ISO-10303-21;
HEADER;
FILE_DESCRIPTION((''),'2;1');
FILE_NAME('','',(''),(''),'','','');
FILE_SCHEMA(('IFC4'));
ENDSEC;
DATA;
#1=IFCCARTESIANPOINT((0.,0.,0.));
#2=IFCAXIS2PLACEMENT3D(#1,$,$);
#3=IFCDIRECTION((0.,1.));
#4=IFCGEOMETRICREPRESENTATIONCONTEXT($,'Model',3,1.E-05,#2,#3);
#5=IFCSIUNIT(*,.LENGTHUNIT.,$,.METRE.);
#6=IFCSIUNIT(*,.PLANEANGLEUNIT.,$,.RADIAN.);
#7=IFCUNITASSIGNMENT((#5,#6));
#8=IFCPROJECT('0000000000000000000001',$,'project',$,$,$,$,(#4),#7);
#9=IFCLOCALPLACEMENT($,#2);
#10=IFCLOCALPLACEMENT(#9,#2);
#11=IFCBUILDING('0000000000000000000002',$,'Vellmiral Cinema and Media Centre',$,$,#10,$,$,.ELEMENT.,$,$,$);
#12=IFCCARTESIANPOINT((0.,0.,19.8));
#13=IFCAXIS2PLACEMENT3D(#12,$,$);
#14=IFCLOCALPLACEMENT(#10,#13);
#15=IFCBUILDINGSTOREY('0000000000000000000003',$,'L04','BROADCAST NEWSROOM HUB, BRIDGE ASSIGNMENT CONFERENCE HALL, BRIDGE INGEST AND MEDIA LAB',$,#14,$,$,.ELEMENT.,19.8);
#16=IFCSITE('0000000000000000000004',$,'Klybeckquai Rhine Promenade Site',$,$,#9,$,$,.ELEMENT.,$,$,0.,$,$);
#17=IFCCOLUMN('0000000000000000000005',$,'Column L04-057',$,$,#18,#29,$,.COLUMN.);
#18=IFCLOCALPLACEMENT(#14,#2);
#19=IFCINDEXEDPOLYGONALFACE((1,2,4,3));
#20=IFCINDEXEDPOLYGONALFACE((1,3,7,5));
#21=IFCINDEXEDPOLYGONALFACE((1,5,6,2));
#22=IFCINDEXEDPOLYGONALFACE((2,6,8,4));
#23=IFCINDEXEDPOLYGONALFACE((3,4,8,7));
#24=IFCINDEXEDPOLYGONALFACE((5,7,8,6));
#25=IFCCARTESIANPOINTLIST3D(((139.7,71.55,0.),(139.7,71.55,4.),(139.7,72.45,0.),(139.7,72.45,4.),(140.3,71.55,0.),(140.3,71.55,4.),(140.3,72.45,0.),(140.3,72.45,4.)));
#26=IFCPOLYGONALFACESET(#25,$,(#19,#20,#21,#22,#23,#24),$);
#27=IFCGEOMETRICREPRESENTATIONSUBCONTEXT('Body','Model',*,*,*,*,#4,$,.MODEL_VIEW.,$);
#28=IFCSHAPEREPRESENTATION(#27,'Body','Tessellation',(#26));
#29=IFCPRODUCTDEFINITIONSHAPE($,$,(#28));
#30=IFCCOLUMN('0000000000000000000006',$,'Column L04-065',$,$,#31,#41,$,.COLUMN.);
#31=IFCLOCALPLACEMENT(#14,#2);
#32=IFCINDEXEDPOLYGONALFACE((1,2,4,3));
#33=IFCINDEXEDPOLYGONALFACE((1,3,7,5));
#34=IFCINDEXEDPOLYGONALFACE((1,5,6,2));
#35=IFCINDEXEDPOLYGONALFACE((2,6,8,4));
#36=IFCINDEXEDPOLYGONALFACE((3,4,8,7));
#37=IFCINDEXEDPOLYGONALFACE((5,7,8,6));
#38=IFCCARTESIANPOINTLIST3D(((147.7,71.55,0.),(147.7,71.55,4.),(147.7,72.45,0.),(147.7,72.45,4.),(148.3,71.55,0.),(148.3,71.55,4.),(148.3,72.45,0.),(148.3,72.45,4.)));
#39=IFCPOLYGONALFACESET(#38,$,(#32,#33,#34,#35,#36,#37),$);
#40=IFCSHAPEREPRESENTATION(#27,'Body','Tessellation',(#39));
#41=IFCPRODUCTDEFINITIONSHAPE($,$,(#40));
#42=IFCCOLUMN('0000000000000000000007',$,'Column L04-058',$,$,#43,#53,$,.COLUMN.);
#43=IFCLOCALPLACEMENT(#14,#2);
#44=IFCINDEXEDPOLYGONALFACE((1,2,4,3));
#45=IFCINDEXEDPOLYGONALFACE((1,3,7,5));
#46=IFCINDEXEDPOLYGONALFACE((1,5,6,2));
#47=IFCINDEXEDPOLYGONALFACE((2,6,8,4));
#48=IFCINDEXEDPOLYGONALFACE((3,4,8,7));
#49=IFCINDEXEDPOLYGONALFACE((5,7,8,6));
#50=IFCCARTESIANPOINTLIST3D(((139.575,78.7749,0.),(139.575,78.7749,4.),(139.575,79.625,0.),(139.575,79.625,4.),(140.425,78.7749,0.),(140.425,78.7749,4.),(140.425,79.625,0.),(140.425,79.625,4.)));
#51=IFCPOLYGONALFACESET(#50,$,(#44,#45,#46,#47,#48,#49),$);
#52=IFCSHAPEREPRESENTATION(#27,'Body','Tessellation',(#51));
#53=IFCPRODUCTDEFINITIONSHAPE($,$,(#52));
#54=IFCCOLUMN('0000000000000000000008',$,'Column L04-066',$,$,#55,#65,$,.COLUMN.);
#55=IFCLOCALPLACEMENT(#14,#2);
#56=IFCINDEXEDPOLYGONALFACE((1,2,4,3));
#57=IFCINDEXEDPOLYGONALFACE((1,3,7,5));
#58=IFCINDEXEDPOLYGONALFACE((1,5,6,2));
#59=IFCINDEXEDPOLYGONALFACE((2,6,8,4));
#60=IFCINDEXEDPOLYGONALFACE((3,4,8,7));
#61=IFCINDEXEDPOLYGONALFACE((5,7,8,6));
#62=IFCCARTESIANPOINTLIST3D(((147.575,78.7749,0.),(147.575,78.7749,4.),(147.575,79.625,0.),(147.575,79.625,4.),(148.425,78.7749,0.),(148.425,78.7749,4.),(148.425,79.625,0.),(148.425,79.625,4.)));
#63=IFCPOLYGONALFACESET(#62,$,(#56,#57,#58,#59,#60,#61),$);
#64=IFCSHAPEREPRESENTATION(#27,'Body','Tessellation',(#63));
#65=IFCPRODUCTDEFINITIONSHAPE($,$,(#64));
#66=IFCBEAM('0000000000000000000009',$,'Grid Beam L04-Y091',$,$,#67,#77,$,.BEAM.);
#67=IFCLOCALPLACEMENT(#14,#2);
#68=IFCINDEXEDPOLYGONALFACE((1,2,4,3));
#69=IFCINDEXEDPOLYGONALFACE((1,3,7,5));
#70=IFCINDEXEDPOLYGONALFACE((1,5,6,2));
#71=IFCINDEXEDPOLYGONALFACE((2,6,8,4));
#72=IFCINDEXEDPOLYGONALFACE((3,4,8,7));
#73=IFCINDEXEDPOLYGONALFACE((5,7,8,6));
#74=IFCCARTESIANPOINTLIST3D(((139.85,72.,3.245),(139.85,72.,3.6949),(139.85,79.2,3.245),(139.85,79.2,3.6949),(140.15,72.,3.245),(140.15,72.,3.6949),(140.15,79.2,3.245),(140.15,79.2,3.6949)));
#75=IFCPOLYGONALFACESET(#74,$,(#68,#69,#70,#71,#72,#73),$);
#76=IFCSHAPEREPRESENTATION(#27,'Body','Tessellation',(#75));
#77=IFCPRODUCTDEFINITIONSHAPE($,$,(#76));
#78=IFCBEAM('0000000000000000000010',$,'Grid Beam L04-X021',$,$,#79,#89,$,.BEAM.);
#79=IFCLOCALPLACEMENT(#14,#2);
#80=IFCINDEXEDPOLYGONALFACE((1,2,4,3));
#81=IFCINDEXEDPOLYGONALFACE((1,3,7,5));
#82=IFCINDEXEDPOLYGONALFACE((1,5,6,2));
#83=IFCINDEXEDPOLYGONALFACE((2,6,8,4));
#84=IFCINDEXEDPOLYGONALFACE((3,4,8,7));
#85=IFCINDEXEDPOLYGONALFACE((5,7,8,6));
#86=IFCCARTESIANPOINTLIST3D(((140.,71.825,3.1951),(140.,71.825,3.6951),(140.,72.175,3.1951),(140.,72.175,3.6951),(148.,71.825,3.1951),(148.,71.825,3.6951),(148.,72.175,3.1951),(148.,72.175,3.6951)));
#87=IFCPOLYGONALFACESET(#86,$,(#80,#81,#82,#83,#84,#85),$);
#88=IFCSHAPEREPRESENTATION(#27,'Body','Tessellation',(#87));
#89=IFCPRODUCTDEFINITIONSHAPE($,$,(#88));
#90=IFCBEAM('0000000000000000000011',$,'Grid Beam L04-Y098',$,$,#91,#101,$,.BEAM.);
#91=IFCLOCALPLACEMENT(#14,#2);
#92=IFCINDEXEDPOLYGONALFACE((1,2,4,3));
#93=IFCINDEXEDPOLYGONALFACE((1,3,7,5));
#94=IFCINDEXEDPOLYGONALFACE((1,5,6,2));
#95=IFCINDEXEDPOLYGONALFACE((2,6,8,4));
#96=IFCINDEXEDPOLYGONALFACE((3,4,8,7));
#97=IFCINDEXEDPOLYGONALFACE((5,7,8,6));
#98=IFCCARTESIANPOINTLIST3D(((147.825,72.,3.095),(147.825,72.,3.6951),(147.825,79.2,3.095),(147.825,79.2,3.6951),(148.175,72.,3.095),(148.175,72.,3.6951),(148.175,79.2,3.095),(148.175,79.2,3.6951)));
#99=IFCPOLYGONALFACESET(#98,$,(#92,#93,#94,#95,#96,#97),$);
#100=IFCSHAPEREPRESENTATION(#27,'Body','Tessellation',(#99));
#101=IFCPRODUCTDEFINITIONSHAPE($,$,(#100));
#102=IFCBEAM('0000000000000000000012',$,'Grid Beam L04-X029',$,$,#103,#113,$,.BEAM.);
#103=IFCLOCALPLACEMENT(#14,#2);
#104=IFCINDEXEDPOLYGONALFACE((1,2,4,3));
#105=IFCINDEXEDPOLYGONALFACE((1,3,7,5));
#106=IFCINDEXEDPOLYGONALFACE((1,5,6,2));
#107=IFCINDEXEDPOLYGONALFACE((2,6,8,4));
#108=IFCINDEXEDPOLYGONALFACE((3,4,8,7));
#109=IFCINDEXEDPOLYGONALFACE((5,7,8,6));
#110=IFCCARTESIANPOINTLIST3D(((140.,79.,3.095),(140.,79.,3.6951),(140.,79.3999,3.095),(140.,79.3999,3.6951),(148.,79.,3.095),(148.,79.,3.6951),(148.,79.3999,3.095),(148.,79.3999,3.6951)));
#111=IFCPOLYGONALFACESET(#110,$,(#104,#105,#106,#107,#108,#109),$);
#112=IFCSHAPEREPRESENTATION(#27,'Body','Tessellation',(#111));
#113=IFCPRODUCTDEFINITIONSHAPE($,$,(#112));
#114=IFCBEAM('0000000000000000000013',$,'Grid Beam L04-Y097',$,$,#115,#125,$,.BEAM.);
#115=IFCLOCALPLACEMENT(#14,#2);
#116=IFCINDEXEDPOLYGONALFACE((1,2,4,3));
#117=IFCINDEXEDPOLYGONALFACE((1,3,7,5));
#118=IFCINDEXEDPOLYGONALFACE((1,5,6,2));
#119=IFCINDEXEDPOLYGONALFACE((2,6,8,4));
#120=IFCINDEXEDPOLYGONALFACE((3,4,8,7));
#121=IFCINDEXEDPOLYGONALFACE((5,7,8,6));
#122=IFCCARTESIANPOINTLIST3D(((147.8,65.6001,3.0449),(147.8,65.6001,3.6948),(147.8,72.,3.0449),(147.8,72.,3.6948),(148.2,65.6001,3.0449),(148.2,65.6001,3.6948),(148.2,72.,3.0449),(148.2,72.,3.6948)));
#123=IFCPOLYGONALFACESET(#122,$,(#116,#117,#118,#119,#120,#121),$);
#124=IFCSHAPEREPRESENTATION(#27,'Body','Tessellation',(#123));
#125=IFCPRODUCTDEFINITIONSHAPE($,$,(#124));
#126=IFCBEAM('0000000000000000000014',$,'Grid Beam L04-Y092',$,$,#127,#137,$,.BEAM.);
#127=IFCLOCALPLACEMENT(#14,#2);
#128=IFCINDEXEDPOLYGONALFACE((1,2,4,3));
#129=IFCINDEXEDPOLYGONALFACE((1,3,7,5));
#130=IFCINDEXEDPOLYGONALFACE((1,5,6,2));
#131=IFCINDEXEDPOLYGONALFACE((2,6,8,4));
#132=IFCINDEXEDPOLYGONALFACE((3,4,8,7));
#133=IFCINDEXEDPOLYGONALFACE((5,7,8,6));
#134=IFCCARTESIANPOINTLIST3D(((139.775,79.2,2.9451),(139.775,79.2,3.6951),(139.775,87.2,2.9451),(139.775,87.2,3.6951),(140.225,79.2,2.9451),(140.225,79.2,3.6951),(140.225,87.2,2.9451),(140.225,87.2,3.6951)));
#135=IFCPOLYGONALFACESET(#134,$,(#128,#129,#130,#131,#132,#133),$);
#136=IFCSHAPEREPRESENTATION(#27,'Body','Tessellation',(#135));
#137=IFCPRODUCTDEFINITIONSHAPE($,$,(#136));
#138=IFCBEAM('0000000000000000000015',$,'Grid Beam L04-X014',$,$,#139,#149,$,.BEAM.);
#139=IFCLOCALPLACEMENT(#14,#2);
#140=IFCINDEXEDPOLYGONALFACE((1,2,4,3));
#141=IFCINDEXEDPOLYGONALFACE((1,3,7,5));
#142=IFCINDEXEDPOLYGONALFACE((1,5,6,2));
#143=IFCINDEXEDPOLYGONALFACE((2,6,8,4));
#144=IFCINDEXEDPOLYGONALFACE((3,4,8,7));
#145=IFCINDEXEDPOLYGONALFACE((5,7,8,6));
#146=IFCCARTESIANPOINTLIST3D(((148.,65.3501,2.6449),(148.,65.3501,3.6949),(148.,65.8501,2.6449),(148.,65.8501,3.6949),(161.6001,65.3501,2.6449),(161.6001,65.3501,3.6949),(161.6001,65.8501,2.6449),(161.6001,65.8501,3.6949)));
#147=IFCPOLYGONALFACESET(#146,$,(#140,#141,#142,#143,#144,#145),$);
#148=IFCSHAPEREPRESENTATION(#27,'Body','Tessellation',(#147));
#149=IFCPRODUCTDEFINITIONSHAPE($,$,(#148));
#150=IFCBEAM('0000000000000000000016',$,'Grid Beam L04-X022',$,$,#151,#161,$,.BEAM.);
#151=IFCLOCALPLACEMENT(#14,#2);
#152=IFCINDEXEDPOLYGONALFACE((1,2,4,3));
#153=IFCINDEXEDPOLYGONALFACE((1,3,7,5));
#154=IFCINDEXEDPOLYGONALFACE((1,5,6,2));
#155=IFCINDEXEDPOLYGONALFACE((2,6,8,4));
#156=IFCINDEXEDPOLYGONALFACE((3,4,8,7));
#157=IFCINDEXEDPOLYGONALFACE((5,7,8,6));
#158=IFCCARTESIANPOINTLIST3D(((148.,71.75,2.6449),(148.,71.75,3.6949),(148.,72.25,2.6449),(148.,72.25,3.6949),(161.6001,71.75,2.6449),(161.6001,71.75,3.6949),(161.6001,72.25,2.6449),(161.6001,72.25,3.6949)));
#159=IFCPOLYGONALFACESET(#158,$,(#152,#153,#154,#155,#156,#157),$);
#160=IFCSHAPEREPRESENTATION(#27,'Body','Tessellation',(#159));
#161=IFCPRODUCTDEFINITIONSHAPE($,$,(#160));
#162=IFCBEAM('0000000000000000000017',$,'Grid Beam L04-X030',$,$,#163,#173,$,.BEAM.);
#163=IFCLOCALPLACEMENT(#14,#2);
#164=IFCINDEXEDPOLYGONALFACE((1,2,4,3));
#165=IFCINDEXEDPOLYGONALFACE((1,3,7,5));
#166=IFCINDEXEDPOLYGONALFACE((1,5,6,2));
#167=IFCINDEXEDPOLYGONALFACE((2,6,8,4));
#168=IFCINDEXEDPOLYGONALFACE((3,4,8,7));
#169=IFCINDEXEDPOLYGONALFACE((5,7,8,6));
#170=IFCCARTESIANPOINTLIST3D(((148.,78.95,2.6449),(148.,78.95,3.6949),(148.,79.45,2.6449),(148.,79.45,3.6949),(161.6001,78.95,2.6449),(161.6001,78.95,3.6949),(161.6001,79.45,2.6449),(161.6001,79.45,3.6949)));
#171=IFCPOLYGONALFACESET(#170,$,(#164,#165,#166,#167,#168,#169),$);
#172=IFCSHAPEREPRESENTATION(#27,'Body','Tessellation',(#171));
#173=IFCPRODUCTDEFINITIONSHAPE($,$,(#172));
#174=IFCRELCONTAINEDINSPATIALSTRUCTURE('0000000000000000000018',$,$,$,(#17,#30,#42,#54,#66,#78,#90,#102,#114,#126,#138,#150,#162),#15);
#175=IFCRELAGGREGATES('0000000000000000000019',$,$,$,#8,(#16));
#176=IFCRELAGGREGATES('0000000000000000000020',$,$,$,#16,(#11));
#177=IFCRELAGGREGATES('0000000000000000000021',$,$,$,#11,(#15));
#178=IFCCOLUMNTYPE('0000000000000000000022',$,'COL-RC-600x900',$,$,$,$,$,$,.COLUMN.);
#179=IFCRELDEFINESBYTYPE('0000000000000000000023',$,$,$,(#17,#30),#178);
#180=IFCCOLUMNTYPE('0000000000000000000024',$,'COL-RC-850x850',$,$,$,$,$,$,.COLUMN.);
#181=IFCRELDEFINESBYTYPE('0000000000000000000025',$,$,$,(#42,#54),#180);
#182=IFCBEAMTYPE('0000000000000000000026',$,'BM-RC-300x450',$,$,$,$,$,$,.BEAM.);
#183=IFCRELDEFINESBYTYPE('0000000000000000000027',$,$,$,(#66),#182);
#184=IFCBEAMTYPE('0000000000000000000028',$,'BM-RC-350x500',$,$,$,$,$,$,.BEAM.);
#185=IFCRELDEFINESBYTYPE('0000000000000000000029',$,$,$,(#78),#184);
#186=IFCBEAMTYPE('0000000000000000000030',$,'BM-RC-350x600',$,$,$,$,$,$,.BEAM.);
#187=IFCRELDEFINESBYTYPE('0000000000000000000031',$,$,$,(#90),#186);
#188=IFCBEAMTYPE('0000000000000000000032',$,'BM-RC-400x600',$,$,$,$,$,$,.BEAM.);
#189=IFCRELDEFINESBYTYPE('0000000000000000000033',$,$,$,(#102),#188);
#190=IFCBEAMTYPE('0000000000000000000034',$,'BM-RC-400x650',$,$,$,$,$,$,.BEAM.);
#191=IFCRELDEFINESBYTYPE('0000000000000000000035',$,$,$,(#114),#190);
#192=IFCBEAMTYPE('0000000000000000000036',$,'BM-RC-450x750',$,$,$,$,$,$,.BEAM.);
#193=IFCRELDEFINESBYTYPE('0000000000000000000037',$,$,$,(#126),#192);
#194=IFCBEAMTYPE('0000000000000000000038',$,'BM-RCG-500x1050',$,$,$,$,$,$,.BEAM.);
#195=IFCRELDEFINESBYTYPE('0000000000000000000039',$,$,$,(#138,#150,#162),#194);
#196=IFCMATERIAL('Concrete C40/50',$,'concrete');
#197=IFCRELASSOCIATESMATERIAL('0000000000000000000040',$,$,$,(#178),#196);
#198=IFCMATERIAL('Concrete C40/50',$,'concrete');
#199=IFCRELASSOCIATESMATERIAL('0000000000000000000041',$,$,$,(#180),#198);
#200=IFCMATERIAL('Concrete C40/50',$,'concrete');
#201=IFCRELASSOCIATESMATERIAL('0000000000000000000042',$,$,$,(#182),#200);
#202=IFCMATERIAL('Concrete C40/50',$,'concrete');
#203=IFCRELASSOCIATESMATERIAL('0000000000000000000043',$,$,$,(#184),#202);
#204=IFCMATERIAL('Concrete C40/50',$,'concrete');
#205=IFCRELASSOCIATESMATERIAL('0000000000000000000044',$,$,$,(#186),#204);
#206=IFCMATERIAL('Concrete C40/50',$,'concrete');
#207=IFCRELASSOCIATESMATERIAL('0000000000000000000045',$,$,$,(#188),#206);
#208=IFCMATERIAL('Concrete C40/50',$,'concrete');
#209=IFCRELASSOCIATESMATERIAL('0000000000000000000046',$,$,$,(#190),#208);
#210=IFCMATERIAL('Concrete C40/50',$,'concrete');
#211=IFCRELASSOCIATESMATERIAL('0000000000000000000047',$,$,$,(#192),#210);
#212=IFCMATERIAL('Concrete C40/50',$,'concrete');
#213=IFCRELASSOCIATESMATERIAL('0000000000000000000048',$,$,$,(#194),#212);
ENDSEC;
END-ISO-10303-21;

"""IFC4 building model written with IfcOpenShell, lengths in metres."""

from ifc_helpers import new_model, si_unit, direction, frame, origin, origin_2d, place, context, subcontext, project, spatial, rectangle, extrude, material, material_profile, profile_set, type_object, element, save


model = new_model("IFC4")

# Units and contexts
model_context = context("Model", 3, precision=1e-05, world=origin(), true_north=direction((0.0, 1.0)))
body_context = subcontext(model_context, "Body", "Model", "MODEL_VIEW")
ifc_project = project(units=[si_unit("LENGTHUNIT", "METRE"), si_unit("PLANEANGLEUNIT", "RADIAN")], contexts=[model_context])

# Site, building, storey
site_placement = place(None, origin())
site = spatial("IfcSite", under=ifc_project, at=site_placement, Name="Klybeckquai Rhine Promenade Site", CompositionType="ELEMENT", RefElevation=0.0)
building_placement = place(site_placement, origin())
building = spatial("IfcBuilding", under=site, at=building_placement, Name="Vellmiral Cinema and Media Centre", CompositionType="ELEMENT")
storey_placement = place(building_placement, frame((0.0, 0.0, 19.8)))
storey = spatial("IfcBuildingStorey", under=building, at=storey_placement, Name="L04", Description="BROADCAST NEWSROOM HUB, BRIDGE ASSIGNMENT CONFERENCE HALL, BRIDGE INGEST AND MEDIA LAB", CompositionType="ELEMENT", Elevation=19.8)

# Columns
ifc_material_1 = material(Name="Concrete C40/50", Category="concrete")
ifc_material_profile_1 = material_profile(ifc_material_1, rectangle(XDim=0.6001, YDim=0.8999, at=origin_2d()), Name="RC 600x900")
ifc_profile_set_1 = profile_set([ifc_material_profile_1], Name="Concrete C40/50")
column_type_1 = type_object("IfcColumnType", Name="COL-RC-600x900", PredefinedType="COLUMN", material=ifc_profile_set_1)
for number, where, z_axis, x_axis, name in (
    (1, (140.0, 72.0, 0.0), (0.0, 0.0, 1.0), (1.0, 0.0, 0.0), "Column L04-057"),
    (2, (148.0, 72.0, 0.0), (0.0, 0.0, 1.0), (1.0, 0.0, 0.0), "Column L04-065"),
):
    element("IfcColumn", number, at=place(storey_placement, frame(where, z_axis=z_axis, x_axis=x_axis)), inside=storey, type_object=column_type_1, Name=name, PredefinedType="COLUMN", context=body_context, shape_type="SweptSolid", body=[
        extrude(rectangle(XDim=0.6001, YDim=0.8999, at=origin_2d()), origin(), (0.0, 0.0, 1.0), 4.0),
    ])
ifc_material_2 = material(Name="Concrete C40/50", Category="concrete")
ifc_material_profile_2 = material_profile(ifc_material_2, rectangle(XDim=0.8501, YDim=0.8501, at=origin_2d()), Name="RC 850x850")
ifc_profile_set_2 = profile_set([ifc_material_profile_2], Name="Concrete C40/50")
column_type_2 = type_object("IfcColumnType", Name="COL-RC-850x850", PredefinedType="COLUMN", material=ifc_profile_set_2)
for number, where, z_axis, x_axis, name in (
    (3, (140.0, 79.2, 0.0), (0.0, 0.0, 1.0), (1.0, 0.0, 0.0), "Column L04-058"),
    (4, (148.0, 79.2, 0.0), (0.0, 0.0, 1.0), (1.0, 0.0, 0.0), "Column L04-066"),
):
    element("IfcColumn", number, at=place(storey_placement, frame(where, z_axis=z_axis, x_axis=x_axis)), inside=storey, type_object=column_type_2, Name=name, PredefinedType="COLUMN", context=body_context, shape_type="SweptSolid", body=[
        extrude(rectangle(XDim=0.8501, YDim=0.8501, at=origin_2d()), origin(), (0.0, 0.0, 1.0), 4.0),
    ])

# Beams
ifc_material_3 = material(Name="Concrete C40/50", Category="concrete")
ifc_material_profile_3 = material_profile(ifc_material_3, rectangle(XDim=0.3, YDim=0.45, at=origin_2d()), Name="RC 300x450")
ifc_profile_set_3 = profile_set([ifc_material_profile_3], Name="Concrete C40/50")
beam_type_1 = type_object("IfcBeamType", Name="BM-RC-300x450", PredefinedType="BEAM", material=ifc_profile_set_3)
beam_1_placement = place(storey_placement, frame((140.0, 72.0, 3.47), z_axis=(0.0, 1.0, 0.0), x_axis=(-1.0, 0.0, 0.0)))
element("IfcBeam", 5, at=beam_1_placement, inside=storey, type_object=beam_type_1, Name="Grid Beam L04-Y091", PredefinedType="BEAM", context=body_context, shape_type="SweptSolid", body=[
    extrude(rectangle(XDim=0.3, YDim=0.45, at=origin_2d()), origin(), (0.0, 0.0, 1.0), 7.2),
])
ifc_material_4 = material(Name="Concrete C40/50", Category="concrete")
ifc_material_profile_4 = material_profile(ifc_material_4, rectangle(XDim=0.3501, YDim=0.5, at=origin_2d()), Name="RC 350x500")
ifc_profile_set_4 = profile_set([ifc_material_profile_4], Name="Concrete C40/50")
beam_type_2 = type_object("IfcBeamType", Name="BM-RC-350x500", PredefinedType="BEAM", material=ifc_profile_set_4)
beam_2_placement = place(storey_placement, frame((140.0, 72.0, 3.4451), z_axis=(1.0, 0.0, 0.0), x_axis=(0.0, 1.0, 0.0)))
element("IfcBeam", 6, at=beam_2_placement, inside=storey, type_object=beam_type_2, Name="Grid Beam L04-X021", PredefinedType="BEAM", context=body_context, shape_type="SweptSolid", body=[
    extrude(rectangle(XDim=0.3501, YDim=0.5, at=origin_2d()), origin(), (0.0, 0.0, 1.0), 8.0),
])
ifc_material_5 = material(Name="Concrete C40/50", Category="concrete")
ifc_material_profile_5 = material_profile(ifc_material_5, rectangle(XDim=0.3501, YDim=0.6001, at=origin_2d()), Name="RC 350x600")
ifc_profile_set_5 = profile_set([ifc_material_profile_5], Name="Concrete C40/50")
beam_type_3 = type_object("IfcBeamType", Name="BM-RC-350x600", PredefinedType="BEAM", material=ifc_profile_set_5)
beam_3_placement = place(storey_placement, frame((148.0, 72.0, 3.395), z_axis=(0.0, 1.0, 0.0), x_axis=(-1.0, 0.0, 0.0)))
element("IfcBeam", 7, at=beam_3_placement, inside=storey, type_object=beam_type_3, Name="Grid Beam L04-Y098", PredefinedType="BEAM", context=body_context, shape_type="SweptSolid", body=[
    extrude(rectangle(XDim=0.3501, YDim=0.6001, at=origin_2d()), origin(), (0.0, 0.0, 1.0), 7.2),
])
ifc_material_6 = material(Name="Concrete C40/50", Category="concrete")
ifc_material_profile_6 = material_profile(ifc_material_6, rectangle(XDim=0.3999, YDim=0.6001, at=origin_2d()), Name="RC 400x600")
ifc_profile_set_6 = profile_set([ifc_material_profile_6], Name="Concrete C40/50")
beam_type_4 = type_object("IfcBeamType", Name="BM-RC-400x600", PredefinedType="BEAM", material=ifc_profile_set_6)
beam_4_placement = place(storey_placement, frame((140.0, 79.2, 3.395), z_axis=(1.0, 0.0, 0.0), x_axis=(0.0, 1.0, 0.0)))
element("IfcBeam", 8, at=beam_4_placement, inside=storey, type_object=beam_type_4, Name="Grid Beam L04-X029", PredefinedType="BEAM", context=body_context, shape_type="SweptSolid", body=[
    extrude(rectangle(XDim=0.3999, YDim=0.6001, at=origin_2d()), origin(), (0.0, 0.0, 1.0), 8.0),
])
ifc_material_7 = material(Name="Concrete C40/50", Category="concrete")
ifc_material_profile_7 = material_profile(ifc_material_7, rectangle(XDim=0.3999, YDim=0.6499, at=origin_2d()), Name="RC 400x650")
ifc_profile_set_7 = profile_set([ifc_material_profile_7], Name="Concrete C40/50")
beam_type_5 = type_object("IfcBeamType", Name="BM-RC-400x650", PredefinedType="BEAM", material=ifc_profile_set_7)
beam_5_placement = place(storey_placement, frame((148.0, 65.6001, 3.3699), z_axis=(0.0, 1.0, 0.0), x_axis=(-1.0, 0.0, 0.0)))
element("IfcBeam", 9, at=beam_5_placement, inside=storey, type_object=beam_type_5, Name="Grid Beam L04-Y097", PredefinedType="BEAM", context=body_context, shape_type="SweptSolid", body=[
    extrude(rectangle(XDim=0.3999, YDim=0.6499, at=origin_2d()), origin(), (0.0, 0.0, 1.0), 6.3999),
])
ifc_material_8 = material(Name="Concrete C40/50", Category="concrete")
ifc_material_profile_8 = material_profile(ifc_material_8, rectangle(XDim=0.45, YDim=0.75, at=origin_2d()), Name="RC 450x750")
ifc_profile_set_8 = profile_set([ifc_material_profile_8], Name="Concrete C40/50")
beam_type_6 = type_object("IfcBeamType", Name="BM-RC-450x750", PredefinedType="BEAM", material=ifc_profile_set_8)
beam_6_placement = place(storey_placement, frame((140.0, 79.2, 3.3201), z_axis=(0.0, 1.0, 0.0), x_axis=(-1.0, 0.0, 0.0)))
element("IfcBeam", 10, at=beam_6_placement, inside=storey, type_object=beam_type_6, Name="Grid Beam L04-Y092", PredefinedType="BEAM", context=body_context, shape_type="SweptSolid", body=[
    extrude(rectangle(XDim=0.45, YDim=0.75, at=origin_2d()), origin(), (0.0, 0.0, 1.0), 8.0),
])
ifc_material_9 = material(Name="Concrete C40/50", Category="concrete")
ifc_material_profile_9 = material_profile(ifc_material_9, rectangle(XDim=0.5, YDim=1.05, at=origin_2d()), Name="RC 500x1050")
ifc_profile_set_9 = profile_set([ifc_material_profile_9], Name="Concrete C40/50")
beam_type_7 = type_object("IfcBeamType", Name="BM-RCG-500x1050", PredefinedType="BEAM", material=ifc_profile_set_9)
for number, where, z_axis, x_axis, name in (
    (11, (148.0, 65.6001, 3.1699), (1.0, 0.0, 0.0), (0.0, 1.0, 0.0), "Grid Beam L04-X014"),
    (12, (148.0, 72.0, 3.1699), (1.0, 0.0, 0.0), (0.0, 1.0, 0.0), "Grid Beam L04-X022"),
    (13, (148.0, 79.2, 3.1699), (1.0, 0.0, 0.0), (0.0, 1.0, 0.0), "Grid Beam L04-X030"),
):
    element("IfcBeam", number, at=place(storey_placement, frame(where, z_axis=z_axis, x_axis=x_axis)), inside=storey, type_object=beam_type_7, Name=name, PredefinedType="BEAM", context=body_context, shape_type="SweptSolid", body=[
        extrude(rectangle(XDim=0.5, YDim=1.05, at=origin_2d()), origin(), (0.0, 0.0, 1.0), 13.6001),
    ])

save(model, "model.ifc")
